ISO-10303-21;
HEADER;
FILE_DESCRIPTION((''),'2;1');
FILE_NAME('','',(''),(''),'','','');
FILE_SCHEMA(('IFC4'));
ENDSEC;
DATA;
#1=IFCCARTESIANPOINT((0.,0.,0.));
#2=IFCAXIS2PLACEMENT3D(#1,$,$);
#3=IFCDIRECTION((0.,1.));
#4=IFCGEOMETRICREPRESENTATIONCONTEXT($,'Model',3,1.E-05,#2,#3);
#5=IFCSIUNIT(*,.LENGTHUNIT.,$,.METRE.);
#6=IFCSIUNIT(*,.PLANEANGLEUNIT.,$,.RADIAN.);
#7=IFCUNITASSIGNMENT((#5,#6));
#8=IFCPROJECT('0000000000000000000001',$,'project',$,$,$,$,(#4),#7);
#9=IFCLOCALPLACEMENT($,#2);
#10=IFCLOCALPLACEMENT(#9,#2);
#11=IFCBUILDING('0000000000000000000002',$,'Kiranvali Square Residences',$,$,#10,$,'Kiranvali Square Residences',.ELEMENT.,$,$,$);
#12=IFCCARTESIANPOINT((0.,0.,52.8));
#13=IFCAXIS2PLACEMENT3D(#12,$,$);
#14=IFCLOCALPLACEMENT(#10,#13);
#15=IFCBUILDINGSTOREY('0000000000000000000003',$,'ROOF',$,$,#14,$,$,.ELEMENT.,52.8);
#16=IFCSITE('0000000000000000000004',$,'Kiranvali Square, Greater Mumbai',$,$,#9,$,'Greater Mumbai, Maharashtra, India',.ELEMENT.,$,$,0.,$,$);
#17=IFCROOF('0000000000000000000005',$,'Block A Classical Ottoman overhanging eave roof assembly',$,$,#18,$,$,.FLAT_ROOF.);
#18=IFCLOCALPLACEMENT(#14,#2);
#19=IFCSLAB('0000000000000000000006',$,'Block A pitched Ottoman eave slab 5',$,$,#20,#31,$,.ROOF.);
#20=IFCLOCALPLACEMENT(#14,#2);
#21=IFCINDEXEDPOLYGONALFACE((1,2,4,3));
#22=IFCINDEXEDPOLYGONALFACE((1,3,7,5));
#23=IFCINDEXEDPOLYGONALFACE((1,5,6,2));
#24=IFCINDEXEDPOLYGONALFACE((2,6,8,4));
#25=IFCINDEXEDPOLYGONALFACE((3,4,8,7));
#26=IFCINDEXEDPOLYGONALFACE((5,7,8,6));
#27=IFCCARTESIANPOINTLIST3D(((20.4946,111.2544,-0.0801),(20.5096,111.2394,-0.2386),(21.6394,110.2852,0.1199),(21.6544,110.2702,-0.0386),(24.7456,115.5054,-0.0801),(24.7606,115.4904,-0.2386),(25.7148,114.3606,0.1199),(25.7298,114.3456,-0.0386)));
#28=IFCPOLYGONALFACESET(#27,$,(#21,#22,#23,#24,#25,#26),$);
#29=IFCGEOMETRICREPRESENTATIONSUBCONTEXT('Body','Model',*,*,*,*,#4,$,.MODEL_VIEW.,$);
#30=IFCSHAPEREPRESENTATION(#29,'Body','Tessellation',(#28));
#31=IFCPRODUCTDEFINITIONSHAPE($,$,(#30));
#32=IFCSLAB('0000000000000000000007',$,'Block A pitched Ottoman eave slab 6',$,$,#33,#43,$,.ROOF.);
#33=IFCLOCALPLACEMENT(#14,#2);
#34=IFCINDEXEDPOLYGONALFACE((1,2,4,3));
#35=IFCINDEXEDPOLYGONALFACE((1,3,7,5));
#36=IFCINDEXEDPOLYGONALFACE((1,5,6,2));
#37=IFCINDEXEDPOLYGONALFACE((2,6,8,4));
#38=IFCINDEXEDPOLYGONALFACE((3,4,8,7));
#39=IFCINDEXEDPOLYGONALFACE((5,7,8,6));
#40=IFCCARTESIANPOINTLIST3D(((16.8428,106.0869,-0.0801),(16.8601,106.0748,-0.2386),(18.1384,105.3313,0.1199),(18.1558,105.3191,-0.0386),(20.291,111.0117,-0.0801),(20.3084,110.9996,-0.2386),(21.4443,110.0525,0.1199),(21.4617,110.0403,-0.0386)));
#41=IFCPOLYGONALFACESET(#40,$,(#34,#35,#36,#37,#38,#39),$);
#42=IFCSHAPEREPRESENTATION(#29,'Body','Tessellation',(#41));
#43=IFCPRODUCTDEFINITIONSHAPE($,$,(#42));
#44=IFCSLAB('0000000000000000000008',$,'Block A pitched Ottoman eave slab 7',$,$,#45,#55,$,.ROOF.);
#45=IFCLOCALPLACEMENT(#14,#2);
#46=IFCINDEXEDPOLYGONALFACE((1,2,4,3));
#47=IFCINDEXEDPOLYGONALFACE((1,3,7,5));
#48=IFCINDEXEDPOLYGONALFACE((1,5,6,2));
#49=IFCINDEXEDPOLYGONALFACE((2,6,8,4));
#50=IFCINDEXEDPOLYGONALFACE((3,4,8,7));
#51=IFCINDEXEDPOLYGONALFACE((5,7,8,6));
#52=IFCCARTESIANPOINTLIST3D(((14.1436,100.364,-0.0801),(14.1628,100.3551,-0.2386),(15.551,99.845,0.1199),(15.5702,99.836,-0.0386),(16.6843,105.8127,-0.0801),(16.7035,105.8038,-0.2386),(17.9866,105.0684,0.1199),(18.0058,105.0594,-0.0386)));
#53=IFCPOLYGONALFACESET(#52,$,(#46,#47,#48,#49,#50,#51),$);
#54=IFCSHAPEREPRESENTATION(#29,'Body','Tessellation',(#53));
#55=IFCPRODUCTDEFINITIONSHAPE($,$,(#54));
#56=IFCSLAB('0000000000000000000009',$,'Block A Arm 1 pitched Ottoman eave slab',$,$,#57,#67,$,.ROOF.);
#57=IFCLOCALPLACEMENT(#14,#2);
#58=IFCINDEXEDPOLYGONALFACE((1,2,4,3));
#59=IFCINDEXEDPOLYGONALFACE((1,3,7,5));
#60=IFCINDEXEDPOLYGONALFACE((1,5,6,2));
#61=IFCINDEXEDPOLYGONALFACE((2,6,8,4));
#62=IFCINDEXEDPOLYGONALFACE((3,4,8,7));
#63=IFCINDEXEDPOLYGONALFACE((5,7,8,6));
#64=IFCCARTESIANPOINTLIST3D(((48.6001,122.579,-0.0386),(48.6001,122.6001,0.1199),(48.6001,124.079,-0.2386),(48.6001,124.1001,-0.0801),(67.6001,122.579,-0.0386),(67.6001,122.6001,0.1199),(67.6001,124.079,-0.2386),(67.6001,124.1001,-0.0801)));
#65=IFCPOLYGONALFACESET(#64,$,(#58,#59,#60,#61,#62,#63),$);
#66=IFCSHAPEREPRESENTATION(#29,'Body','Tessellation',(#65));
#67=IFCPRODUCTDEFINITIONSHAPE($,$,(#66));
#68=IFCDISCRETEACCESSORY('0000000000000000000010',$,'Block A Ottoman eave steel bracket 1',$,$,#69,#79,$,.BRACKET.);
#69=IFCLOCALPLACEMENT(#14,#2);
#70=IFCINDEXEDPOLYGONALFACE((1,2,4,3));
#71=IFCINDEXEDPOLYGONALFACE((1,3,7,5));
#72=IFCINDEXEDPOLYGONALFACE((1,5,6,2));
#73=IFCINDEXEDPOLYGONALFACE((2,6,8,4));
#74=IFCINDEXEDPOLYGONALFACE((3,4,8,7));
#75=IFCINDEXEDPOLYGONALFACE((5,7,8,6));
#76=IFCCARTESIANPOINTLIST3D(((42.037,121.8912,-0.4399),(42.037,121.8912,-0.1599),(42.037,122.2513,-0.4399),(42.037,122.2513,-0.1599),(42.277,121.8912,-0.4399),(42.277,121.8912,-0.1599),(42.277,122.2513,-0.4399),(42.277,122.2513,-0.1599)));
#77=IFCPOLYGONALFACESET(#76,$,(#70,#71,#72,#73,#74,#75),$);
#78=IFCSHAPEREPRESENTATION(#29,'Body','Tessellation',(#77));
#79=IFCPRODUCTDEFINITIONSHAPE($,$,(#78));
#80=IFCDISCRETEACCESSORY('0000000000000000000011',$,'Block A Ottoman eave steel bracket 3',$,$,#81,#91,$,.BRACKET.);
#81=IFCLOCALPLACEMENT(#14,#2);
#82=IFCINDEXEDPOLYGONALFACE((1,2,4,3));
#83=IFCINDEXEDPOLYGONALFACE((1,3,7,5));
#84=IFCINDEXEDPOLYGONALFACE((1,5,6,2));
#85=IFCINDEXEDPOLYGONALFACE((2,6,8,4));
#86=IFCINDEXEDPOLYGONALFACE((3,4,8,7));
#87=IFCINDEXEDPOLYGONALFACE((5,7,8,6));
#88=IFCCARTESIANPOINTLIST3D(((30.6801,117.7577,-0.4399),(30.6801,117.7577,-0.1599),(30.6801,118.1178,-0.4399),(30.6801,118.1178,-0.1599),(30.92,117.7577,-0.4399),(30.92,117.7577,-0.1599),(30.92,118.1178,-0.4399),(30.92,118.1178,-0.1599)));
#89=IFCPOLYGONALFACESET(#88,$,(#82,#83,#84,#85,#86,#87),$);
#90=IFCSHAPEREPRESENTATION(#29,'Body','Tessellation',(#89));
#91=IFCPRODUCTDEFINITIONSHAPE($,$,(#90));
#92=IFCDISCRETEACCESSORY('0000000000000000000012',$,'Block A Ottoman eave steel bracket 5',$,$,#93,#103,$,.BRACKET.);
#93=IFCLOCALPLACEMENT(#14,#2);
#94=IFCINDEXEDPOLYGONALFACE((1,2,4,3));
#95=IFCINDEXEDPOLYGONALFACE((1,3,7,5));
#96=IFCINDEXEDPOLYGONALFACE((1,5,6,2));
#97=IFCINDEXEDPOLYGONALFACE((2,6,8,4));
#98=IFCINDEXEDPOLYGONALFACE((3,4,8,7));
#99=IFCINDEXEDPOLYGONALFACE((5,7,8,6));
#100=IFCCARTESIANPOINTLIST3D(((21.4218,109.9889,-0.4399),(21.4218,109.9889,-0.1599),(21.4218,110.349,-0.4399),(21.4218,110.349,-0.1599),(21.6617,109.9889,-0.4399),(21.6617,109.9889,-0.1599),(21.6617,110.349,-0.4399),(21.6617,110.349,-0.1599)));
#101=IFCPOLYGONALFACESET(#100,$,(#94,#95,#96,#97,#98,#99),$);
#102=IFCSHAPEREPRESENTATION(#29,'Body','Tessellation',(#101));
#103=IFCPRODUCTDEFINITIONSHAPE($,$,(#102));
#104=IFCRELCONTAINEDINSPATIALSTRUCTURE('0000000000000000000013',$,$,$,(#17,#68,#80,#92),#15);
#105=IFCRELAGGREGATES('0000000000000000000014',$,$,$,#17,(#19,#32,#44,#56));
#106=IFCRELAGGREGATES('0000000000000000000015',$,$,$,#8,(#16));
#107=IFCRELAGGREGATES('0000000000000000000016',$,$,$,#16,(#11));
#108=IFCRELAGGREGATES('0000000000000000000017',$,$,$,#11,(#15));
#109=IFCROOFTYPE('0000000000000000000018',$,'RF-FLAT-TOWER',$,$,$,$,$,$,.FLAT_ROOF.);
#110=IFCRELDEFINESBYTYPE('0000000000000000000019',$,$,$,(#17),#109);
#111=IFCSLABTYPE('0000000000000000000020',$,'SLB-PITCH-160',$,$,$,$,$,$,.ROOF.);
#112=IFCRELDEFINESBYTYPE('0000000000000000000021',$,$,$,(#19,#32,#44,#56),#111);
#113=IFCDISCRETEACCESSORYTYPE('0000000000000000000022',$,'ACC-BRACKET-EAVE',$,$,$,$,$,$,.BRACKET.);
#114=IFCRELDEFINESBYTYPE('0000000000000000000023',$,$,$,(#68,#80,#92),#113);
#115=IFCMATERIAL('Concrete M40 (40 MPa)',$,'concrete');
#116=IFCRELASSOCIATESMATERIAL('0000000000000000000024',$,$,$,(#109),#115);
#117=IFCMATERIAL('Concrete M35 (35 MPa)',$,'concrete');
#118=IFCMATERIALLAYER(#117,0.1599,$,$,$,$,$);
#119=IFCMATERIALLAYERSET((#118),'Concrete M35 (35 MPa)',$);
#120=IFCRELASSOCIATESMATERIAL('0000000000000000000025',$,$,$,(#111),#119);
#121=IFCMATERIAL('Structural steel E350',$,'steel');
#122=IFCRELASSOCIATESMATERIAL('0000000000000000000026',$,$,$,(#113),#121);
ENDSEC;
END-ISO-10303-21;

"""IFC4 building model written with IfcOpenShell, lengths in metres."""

from ifc_helpers import new_model, si_unit, direction, frame, origin, origin_2d, place, context, subcontext, project, spatial, polyline, rectangle, outline, extrude, material, layer, layer_set, type_object, element, aggregate, save


model = new_model("IFC4")

# Units and contexts
model_context = context("Model", 3, precision=1e-05, world=origin(), true_north=direction((0.0, 1.0)))
body_context = subcontext(model_context, "Body", "Model", "MODEL_VIEW")
ifc_project = project(units=[si_unit("LENGTHUNIT", "METRE"), si_unit("PLANEANGLEUNIT", "RADIAN")], contexts=[model_context])

# Site, building, storey
site_placement = place(None, origin())
site = spatial("IfcSite", under=ifc_project, at=site_placement, Name="Kiranvali Square, Greater Mumbai", LongName="Greater Mumbai, Maharashtra, India", CompositionType="ELEMENT", RefElevation=0.0)
building_placement = place(site_placement, origin())
building = spatial("IfcBuilding", under=site, at=building_placement, Name="Kiranvali Square Residences", LongName="Kiranvali Square Residences", CompositionType="ELEMENT")
storey_placement = place(building_placement, frame((0.0, 0.0, 52.8)))
storey = spatial("IfcBuildingStorey", under=building, at=storey_placement, Name="ROOF", CompositionType="ELEMENT", Elevation=52.8)

# Shared definitions
ifc_material_1 = material(Name="Structural steel E350", Category="steel")

# Roof, slabs
ifc_material_2 = material(Name="Concrete M40 (40 MPa)", Category="concrete")
roof_type = type_object("IfcRoofType", Name="RF-FLAT-TOWER", PredefinedType="FLAT_ROOF", material=ifc_material_2)
roof_placement = place(storey_placement, origin())
roof = element("IfcRoof", 1, at=roof_placement, inside=storey, type_object=roof_type, Name="Block A Classical Ottoman overhanging eave roof assembly", PredefinedType="FLAT_ROOF")
ifc_material_3 = material(Name="Concrete M35 (35 MPa)", Category="concrete")
ifc_layer_1 = layer(ifc_material_3, 0.1599)
ifc_layer_set_1 = layer_set([ifc_layer_1], Name="Concrete M35 (35 MPa)")
slab_type = type_object("IfcSlabType", Name="SLB-PITCH-160", PredefinedType="ROOF", material=ifc_layer_set_1)
slab_1_placement = place(storey_placement, frame((25.7148, 114.3606, 0.1199), z_axis=(-0.093749, 0.093749, 0.991172), x_axis=(-0.707107, -0.707107, 0.0)))
slab_1 = element("IfcSlab", 2, at=slab_1_placement, type_object=slab_type, Name="Block A pitched Ottoman eave slab 5", PredefinedType="ROOF", context=body_context, shape_type="SweptSolid", body=[
    extrude(outline(polyline([(0.0, 0.0), (5.7635, 0.0), (5.8877, -1.5081), (-0.1241, -1.5081), (0.0, 0.0)])), origin(), (0.0, 0.0, -1.0), 0.1599),
])
slab_2_placement = place(storey_placement, frame((21.4443, 110.0525, 0.1199), z_axis=(-0.108604, 0.076045, 0.991172), x_axis=(-0.573587, -0.819145, -0.000002)))
slab_2 = element("IfcSlab", 3, at=slab_2_placement, type_object=slab_type, Name="Block A pitched Ottoman eave slab 6", PredefinedType="ROOF", context=body_context, shape_type="SweptSolid", body=[
    extrude(outline(polyline([(0.0, 0.0), (5.7636, 0.0), (5.8878, -1.5081), (-0.1242, -1.5082), (0.0, 0.0)])), origin(), (0.0, 0.0, -1.0), 0.1599),
])
slab_3_placement = place(storey_placement, frame((17.9866, 105.0684, 0.1199), z_axis=(-0.120155, 0.056027, 0.991173), x_axis=(-0.422596, -0.906318, 0.000002)))
slab_3 = element("IfcSlab", 4, at=slab_3_placement, type_object=slab_type, Name="Block A pitched Ottoman eave slab 7", PredefinedType="ROOF", context=body_context, shape_type="SweptSolid", body=[
    extrude(outline(polyline([(0.0, 0.0), (5.7633, 0.0), (5.8877, -1.5083), (-0.1243, -1.5081), (0.0, 0.0)])), origin(), (0.0, 0.0, -1.0), 0.1599),
])
slab_4_placement = place(storey_placement, frame((48.6001, 122.6001, 0.1199), z_axis=(0.0, 0.132132, 0.991232), x_axis=(1.0, 0.0, 0.0)))
slab_4 = element("IfcSlab", 5, at=slab_4_placement, type_object=slab_type, Name="Block A Arm 1 pitched Ottoman eave slab", PredefinedType="ROOF", context=body_context, shape_type="SweptSolid", body=[
    extrude(outline(polyline([(0.0, 0.0), (19.0, 0.0), (19.0, 1.5133), (0.0, 1.5133), (0.0, 0.0)])), origin(), (0.0, 0.0, -1.0), 0.1599),
])
aggregate(roof, [slab_1, slab_2, slab_3, slab_4])

# Discrete accessories
discrete_accessory_type = type_object("IfcDiscreteAccessoryType", Name="ACC-BRACKET-EAVE", PredefinedType="BRACKET", material=ifc_material_1)
for number, where, z_axis, x_axis, name in (
    (6, (42.157, 122.0713, -0.4399), (0.0, 0.0, 1.0), (1.0, 0.0, 0.0), "Block A Ottoman eave steel bracket 1"),
    (7, (30.8, 117.9377, -0.4399), (0.0, 0.0, 1.0), (1.0, 0.0, 0.0), "Block A Ottoman eave steel bracket 3"),
    (8, (21.5417, 110.1689, -0.4399), (0.0, 0.0, 1.0), (1.0, 0.0, 0.0), "Block A Ottoman eave steel bracket 5"),
):
    element("IfcDiscreteAccessory", number, at=place(storey_placement, frame(where, z_axis=z_axis, x_axis=x_axis)), inside=storey, type_object=discrete_accessory_type, Name=name, PredefinedType="BRACKET", context=body_context, shape_type="SweptSolid", body=[
        extrude(rectangle(XDim=0.24, YDim=0.3601, at=origin_2d()), origin(), (0.0, 0.0, 1.0), 0.28),
    ])

save(model, "model.ifc")
